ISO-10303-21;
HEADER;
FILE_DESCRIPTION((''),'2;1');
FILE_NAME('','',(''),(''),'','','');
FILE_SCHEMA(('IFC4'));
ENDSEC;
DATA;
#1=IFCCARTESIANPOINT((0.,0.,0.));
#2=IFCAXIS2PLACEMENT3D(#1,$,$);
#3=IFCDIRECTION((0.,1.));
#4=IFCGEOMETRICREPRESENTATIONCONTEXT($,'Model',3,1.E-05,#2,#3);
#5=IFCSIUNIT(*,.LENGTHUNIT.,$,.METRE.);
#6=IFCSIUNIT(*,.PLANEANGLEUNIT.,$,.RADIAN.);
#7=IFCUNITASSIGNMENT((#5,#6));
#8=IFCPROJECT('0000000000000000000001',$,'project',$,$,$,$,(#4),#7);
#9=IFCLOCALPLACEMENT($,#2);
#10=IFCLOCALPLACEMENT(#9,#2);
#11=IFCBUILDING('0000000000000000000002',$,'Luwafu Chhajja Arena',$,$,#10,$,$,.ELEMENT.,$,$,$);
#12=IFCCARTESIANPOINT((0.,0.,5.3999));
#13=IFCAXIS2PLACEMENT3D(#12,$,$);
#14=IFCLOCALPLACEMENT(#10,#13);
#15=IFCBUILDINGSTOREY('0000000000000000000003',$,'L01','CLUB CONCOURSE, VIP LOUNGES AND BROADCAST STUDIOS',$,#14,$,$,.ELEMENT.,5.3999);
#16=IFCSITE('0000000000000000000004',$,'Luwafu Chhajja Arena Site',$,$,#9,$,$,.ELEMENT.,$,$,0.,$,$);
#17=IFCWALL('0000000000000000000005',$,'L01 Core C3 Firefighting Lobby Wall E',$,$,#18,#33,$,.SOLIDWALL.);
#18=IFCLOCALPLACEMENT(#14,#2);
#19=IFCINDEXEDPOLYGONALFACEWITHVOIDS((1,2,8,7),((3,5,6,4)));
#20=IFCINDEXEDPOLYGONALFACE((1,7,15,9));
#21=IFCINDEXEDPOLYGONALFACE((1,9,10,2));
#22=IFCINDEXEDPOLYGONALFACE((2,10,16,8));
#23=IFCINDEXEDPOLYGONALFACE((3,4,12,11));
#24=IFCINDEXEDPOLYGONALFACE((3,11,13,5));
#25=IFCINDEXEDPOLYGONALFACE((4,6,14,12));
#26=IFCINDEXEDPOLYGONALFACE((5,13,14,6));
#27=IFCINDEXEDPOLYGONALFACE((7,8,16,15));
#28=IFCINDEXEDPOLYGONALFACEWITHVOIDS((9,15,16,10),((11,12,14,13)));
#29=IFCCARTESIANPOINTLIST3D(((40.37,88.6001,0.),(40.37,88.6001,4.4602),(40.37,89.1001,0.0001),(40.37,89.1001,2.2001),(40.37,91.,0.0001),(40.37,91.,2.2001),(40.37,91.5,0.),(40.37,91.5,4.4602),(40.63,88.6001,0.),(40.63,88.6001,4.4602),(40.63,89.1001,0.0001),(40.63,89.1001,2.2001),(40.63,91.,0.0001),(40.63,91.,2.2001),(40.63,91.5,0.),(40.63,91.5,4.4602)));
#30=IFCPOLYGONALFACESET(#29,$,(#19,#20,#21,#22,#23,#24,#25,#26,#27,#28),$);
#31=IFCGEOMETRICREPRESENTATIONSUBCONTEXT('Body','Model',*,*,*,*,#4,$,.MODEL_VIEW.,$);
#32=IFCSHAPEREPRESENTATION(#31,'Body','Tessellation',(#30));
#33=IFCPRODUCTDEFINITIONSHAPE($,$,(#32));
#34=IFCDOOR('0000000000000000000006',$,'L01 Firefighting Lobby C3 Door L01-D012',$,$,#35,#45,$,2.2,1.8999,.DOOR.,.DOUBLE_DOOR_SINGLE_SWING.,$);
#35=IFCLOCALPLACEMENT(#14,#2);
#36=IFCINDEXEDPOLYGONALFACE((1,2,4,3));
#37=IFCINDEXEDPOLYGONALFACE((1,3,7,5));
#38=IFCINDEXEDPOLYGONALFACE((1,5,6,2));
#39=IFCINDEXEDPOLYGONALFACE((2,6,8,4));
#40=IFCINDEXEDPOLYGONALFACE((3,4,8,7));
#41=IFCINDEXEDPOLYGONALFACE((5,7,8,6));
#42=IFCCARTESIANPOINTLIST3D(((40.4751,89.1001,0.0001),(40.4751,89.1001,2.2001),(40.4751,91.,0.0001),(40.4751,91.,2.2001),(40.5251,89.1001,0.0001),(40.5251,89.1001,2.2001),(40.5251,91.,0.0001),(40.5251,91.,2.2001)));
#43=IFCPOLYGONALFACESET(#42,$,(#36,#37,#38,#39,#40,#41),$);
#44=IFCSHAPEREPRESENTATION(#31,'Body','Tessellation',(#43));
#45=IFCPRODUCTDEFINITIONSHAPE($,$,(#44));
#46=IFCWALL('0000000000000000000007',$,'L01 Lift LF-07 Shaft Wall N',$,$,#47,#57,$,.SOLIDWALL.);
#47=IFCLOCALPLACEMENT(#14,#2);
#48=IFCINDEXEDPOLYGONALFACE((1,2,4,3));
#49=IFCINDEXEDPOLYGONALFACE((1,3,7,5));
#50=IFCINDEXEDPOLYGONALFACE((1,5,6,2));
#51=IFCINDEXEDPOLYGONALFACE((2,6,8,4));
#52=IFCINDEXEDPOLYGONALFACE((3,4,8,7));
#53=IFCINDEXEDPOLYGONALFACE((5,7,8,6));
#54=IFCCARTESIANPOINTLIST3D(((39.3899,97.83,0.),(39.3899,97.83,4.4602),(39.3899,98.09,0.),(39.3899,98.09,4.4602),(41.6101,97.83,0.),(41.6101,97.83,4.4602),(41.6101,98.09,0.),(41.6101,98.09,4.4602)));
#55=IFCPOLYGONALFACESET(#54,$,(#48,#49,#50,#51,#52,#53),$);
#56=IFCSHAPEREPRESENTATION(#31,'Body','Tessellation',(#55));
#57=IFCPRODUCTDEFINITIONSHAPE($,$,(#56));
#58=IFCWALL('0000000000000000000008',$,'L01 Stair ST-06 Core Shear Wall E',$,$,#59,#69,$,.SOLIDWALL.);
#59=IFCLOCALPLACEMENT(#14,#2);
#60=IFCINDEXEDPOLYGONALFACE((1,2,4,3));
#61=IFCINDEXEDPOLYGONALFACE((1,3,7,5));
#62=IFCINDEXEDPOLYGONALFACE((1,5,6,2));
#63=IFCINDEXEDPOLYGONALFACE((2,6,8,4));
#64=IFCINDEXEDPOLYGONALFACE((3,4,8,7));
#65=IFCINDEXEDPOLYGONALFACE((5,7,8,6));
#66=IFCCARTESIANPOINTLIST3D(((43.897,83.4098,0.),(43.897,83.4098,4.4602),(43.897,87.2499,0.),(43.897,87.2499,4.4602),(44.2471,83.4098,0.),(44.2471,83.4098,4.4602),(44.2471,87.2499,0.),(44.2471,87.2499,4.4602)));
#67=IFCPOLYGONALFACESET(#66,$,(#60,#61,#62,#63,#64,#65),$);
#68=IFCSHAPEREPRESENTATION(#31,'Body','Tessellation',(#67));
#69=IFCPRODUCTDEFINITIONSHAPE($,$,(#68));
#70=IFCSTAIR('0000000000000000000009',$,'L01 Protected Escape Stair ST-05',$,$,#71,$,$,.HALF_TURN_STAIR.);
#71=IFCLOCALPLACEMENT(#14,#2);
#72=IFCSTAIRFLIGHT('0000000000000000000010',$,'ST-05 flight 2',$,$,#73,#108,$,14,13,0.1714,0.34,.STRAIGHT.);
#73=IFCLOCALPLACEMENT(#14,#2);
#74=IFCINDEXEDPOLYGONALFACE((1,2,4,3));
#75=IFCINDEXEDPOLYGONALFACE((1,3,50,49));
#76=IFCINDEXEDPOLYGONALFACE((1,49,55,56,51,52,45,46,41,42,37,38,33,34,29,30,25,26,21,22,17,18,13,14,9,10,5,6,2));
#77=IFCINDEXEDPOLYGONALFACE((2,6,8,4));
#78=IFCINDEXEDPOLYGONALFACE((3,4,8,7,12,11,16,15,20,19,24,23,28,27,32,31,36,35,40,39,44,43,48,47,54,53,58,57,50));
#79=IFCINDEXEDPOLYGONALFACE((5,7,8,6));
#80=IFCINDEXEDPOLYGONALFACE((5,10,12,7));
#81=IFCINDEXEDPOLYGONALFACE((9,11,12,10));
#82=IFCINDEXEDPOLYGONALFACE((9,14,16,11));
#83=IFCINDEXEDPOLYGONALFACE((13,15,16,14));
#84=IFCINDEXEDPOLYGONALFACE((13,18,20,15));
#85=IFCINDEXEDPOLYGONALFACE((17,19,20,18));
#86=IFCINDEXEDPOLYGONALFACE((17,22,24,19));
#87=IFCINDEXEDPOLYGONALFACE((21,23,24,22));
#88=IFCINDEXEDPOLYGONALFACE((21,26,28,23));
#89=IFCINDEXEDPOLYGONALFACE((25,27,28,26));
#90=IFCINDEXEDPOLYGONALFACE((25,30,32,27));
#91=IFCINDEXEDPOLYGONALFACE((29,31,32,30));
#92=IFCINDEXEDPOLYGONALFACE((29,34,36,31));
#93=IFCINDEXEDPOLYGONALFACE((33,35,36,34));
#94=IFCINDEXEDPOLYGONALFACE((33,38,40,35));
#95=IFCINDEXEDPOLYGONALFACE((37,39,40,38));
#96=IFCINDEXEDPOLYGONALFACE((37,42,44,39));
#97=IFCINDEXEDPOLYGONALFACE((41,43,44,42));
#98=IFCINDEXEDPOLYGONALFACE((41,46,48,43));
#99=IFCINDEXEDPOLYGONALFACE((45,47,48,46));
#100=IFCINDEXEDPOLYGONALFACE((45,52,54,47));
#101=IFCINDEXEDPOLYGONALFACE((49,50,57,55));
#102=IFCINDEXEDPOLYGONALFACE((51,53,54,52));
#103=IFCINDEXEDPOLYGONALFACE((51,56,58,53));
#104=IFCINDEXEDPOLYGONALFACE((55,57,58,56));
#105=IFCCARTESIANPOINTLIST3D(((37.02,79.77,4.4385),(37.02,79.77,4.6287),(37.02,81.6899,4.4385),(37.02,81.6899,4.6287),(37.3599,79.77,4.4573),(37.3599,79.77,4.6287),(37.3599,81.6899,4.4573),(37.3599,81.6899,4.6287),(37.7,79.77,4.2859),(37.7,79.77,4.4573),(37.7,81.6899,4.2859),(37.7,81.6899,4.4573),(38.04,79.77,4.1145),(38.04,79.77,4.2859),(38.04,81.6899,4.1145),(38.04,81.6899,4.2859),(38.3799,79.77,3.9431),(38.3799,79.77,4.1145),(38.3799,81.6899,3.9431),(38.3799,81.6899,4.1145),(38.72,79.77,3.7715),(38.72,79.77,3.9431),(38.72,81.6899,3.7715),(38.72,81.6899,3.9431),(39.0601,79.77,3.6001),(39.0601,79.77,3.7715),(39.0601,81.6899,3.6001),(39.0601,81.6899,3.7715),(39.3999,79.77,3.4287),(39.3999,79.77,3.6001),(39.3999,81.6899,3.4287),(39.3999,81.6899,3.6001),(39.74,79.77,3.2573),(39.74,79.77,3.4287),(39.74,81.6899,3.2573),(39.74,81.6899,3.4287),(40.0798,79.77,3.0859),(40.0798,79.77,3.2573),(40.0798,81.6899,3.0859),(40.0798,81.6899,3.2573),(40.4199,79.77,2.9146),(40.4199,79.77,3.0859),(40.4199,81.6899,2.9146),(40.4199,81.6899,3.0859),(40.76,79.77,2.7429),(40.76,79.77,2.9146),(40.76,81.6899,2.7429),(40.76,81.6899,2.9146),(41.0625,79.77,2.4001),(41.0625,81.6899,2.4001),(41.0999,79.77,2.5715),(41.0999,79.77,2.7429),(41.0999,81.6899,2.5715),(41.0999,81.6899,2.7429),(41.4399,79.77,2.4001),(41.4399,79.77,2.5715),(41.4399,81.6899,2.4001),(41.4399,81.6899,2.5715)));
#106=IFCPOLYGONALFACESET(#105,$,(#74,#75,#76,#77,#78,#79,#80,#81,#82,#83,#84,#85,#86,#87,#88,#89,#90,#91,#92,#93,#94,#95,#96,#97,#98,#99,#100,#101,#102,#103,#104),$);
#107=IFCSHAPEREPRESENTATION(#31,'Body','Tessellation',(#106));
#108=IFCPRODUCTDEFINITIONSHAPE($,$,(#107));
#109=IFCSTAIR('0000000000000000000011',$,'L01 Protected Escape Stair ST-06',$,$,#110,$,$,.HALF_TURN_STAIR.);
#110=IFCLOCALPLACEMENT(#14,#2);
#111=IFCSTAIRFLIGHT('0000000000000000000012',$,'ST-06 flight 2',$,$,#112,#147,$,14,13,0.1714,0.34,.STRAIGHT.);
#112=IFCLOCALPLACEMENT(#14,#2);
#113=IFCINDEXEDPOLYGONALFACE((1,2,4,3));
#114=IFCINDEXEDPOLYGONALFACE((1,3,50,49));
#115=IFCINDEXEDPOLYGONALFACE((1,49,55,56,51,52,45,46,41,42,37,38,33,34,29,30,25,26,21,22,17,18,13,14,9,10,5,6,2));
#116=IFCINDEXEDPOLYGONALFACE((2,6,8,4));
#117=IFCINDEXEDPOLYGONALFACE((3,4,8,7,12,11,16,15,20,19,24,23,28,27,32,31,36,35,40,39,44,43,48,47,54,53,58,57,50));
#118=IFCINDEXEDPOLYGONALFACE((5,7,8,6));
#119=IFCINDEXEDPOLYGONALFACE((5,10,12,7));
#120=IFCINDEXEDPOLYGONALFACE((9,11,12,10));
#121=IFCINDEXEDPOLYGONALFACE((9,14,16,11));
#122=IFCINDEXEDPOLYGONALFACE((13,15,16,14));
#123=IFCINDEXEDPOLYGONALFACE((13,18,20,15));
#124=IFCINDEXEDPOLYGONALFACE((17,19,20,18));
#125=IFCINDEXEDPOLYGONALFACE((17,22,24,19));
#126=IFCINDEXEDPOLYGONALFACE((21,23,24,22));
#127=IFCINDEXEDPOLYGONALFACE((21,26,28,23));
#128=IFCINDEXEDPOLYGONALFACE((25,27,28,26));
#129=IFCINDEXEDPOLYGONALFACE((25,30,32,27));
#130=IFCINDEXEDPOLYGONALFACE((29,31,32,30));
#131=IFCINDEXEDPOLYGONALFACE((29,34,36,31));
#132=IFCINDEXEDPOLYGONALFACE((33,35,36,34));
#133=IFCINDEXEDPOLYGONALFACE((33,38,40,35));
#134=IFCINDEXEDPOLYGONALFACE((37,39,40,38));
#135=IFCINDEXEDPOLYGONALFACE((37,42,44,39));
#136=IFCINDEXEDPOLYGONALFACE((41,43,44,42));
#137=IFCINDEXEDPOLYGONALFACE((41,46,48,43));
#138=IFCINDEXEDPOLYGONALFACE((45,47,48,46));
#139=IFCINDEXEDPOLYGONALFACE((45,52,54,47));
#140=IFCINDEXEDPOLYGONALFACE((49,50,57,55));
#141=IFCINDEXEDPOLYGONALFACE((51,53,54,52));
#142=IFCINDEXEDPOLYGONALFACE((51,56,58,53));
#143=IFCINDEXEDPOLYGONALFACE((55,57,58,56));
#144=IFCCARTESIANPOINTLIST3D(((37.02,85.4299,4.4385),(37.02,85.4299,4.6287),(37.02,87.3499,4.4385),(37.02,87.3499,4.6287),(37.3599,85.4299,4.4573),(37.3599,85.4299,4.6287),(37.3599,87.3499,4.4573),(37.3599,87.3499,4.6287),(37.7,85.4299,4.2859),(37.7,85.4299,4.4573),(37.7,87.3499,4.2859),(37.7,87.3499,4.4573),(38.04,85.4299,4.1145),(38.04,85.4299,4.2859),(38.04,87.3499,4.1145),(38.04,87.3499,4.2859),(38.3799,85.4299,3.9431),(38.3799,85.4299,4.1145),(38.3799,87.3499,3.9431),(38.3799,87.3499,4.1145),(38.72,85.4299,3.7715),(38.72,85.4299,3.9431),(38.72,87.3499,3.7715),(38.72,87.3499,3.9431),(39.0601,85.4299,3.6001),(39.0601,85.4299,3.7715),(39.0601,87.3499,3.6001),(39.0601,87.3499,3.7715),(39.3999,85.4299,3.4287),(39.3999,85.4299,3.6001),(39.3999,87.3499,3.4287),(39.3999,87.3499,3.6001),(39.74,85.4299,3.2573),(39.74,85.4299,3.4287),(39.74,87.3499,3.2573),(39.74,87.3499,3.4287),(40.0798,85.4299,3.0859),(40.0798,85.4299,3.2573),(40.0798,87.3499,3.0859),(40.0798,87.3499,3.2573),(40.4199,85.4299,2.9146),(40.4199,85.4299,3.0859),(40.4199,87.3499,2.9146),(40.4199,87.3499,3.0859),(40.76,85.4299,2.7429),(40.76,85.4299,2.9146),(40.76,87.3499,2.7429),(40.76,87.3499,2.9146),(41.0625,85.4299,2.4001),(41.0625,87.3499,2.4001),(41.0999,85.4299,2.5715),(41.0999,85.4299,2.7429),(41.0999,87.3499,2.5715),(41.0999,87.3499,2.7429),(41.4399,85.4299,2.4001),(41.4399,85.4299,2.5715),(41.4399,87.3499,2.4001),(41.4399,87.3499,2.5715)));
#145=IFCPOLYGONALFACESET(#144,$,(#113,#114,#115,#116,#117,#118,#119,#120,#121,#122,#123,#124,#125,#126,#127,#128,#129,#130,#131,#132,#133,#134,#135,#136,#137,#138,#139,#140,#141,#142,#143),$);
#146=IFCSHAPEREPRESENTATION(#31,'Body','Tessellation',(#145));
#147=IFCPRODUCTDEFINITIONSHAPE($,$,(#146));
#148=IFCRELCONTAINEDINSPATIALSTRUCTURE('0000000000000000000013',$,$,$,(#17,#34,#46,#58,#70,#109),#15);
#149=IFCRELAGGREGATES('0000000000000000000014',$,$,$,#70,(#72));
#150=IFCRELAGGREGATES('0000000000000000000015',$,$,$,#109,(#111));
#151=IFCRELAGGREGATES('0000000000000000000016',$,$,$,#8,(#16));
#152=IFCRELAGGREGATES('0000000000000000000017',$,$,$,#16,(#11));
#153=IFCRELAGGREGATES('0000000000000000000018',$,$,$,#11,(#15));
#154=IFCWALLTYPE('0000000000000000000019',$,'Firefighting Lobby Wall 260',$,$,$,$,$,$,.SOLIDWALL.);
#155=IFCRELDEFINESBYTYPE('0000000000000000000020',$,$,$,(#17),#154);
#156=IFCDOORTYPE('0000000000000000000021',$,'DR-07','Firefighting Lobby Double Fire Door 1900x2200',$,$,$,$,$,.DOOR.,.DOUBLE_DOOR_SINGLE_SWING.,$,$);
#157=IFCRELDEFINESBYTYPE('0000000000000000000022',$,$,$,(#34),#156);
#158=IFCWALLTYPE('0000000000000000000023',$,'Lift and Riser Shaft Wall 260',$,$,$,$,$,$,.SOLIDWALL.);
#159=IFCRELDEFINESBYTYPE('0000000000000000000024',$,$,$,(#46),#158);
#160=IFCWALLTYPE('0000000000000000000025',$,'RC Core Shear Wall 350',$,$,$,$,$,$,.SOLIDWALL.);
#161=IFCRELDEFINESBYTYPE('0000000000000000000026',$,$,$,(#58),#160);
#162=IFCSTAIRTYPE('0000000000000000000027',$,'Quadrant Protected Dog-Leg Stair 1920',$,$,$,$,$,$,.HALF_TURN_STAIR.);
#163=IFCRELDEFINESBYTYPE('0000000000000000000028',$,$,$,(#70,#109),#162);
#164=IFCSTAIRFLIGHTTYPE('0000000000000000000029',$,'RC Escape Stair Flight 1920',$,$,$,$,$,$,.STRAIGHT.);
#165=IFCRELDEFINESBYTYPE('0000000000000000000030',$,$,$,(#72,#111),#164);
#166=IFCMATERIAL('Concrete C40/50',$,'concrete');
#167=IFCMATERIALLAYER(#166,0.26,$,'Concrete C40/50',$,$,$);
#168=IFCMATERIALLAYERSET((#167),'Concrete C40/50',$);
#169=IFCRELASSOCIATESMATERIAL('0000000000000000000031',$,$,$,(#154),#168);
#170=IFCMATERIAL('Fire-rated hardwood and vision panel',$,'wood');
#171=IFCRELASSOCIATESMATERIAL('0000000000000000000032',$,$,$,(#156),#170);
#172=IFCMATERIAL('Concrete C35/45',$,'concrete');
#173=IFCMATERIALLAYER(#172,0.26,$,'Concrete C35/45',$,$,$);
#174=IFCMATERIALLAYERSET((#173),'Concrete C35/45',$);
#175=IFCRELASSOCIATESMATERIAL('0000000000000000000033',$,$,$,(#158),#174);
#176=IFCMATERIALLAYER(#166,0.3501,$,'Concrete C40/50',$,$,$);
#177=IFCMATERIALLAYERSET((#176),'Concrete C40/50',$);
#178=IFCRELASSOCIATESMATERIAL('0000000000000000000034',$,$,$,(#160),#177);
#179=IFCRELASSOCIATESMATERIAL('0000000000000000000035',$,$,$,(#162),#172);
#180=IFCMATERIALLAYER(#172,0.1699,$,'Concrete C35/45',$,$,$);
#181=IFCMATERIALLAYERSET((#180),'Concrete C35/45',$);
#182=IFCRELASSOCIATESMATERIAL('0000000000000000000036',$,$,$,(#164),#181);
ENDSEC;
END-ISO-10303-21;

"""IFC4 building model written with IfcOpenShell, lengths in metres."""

from ifc_helpers import new_model, si_unit, direction, frame, frame_2d, origin, place, context, subcontext, project, spatial, polyline, rectangle, outline, extrude, material, layer, layer_set, type_object, element, fill, aggregate, save


model = new_model("IFC4")

# Units and contexts
model_context = context("Model", 3, precision=1e-05, world=origin(), true_north=direction((0.0, 1.0)))
body_context = subcontext(model_context, "Body", "Model", "MODEL_VIEW")
ifc_project = project(units=[si_unit("LENGTHUNIT", "METRE"), si_unit("PLANEANGLEUNIT", "RADIAN")], contexts=[model_context])

# Site, building, storey
site_placement = place(None, origin())
site = spatial("IfcSite", under=ifc_project, at=site_placement, Name="Luwafu Chhajja Arena Site", CompositionType="ELEMENT", RefElevation=0.0)
building_placement = place(site_placement, origin())
building = spatial("IfcBuilding", under=site, at=building_placement, Name="Luwafu Chhajja Arena", CompositionType="ELEMENT")
storey_placement = place(building_placement, frame((0.0, 0.0, 5.3999)))
storey = spatial("IfcBuildingStorey", under=building, at=storey_placement, Name="L01", Description="CLUB CONCOURSE, VIP LOUNGES AND BROADCAST STUDIOS", CompositionType="ELEMENT", Elevation=5.3999)

# Shared definitions
ifc_material_1 = material(Name="Concrete C35/45", Category="concrete")

# Wall, opening, door
ifc_material_2 = material(Name="Concrete C40/50", Category="concrete")
ifc_layer_1 = layer(ifc_material_2, 0.26, Name="Concrete C40/50")
ifc_layer_set_1 = layer_set([ifc_layer_1], Name="Concrete C40/50")
wall_type_1 = type_object("IfcWallType", Name="Firefighting Lobby Wall 260", PredefinedType="SOLIDWALL", material=ifc_layer_set_1)
wall_1_placement = place(storey_placement, frame((40.5, 88.6001, 0.0), z_axis=(0.0, 0.0, 1.0), x_axis=(0.0, 1.0, 0.0)))
wall_1 = element("IfcWall", 1, at=wall_1_placement, inside=storey, type_object=wall_type_1, Name="L01 Core C3 Firefighting Lobby Wall E", PredefinedType="SOLIDWALL", context=body_context, shape_type="SweptSolid", body=[
    extrude(rectangle(XDim=2.8999, YDim=0.26, at=frame_2d((1.45, 0.0))), origin(), (0.0, 0.0, 1.0), 4.4602),
])
opening_1_placement = place(wall_1_placement, frame((0.5, 0.0, 0.0)))
opening_1 = element("IfcOpeningElement", 2, at=opening_1_placement, cuts=wall_1, PredefinedType="OPENING", context=body_context, shape_type="SweptSolid", body=[
    extrude(rectangle(XDim=1.8999, YDim=2.2, at=frame_2d((0.95, 1.1001))), frame((0.0, 0.1399, 0.0), z_axis=(0.0, -1.0, 0.0), x_axis=(1.0, 0.0, 0.0)), (0.0, 0.0, 1.0), 0.28),
])
ifc_material_3 = material(Name="Fire-rated hardwood and vision panel", Category="wood")
door_type_1 = type_object("IfcDoorType", Name="DR-07", Description="Firefighting Lobby Double Fire Door 1900x2200", OperationType="DOUBLE_DOOR_SINGLE_SWING", PredefinedType="DOOR", material=ifc_material_3)
door_1_placement = place(opening_1_placement, origin())
door_1 = element("IfcDoor", 3, at=door_1_placement, inside=storey, type_object=door_type_1, Name="L01 Firefighting Lobby C3 Door L01-D012", OperationType="DOUBLE_DOOR_SINGLE_SWING", OverallHeight=2.2, OverallWidth=1.8999, PredefinedType="DOOR", context=body_context, shape_type="SweptSolid", body=[
    extrude(rectangle(XDim=1.8999, YDim=2.2, at=frame_2d((0.95, 1.1001))), frame((0.0, 0.0249, 0.0), z_axis=(0.0, -1.0, 0.0), x_axis=(1.0, 0.0, 0.0)), (0.0, 0.0, 1.0), 0.05),
])
fill(opening_1, door_1)
ifc_layer_2 = layer(ifc_material_1, 0.26, Name="Concrete C35/45")
ifc_layer_set_2 = layer_set([ifc_layer_2], Name="Concrete C35/45")
wall_type_2 = type_object("IfcWallType", Name="Lift and Riser Shaft Wall 260", PredefinedType="SOLIDWALL", material=ifc_layer_set_2)

# Walls
wall_2_placement = place(storey_placement, frame((39.3899, 97.96, 0.0), z_axis=(0.0, 0.0, 1.0), x_axis=(1.0, 0.0, 0.0)))
element("IfcWall", 4, at=wall_2_placement, inside=storey, type_object=wall_type_2, Name="L01 Lift LF-07 Shaft Wall N", PredefinedType="SOLIDWALL", context=body_context, shape_type="SweptSolid", body=[
    extrude(rectangle(XDim=2.2202, YDim=0.26, at=frame_2d((1.1101, 0.0))), origin(), (0.0, 0.0, 1.0), 4.4602),
])
ifc_layer_3 = layer(ifc_material_2, 0.3501, Name="Concrete C40/50")
ifc_layer_set_3 = layer_set([ifc_layer_3], Name="Concrete C40/50")
wall_type_3 = type_object("IfcWallType", Name="RC Core Shear Wall 350", PredefinedType="SOLIDWALL", material=ifc_layer_set_3)
wall_3_placement = place(storey_placement, frame((44.072, 83.4099, 0.0), z_axis=(0.0, 0.0, 1.0), x_axis=(0.0, 1.0, 0.0)))
element("IfcWall", 5, at=wall_3_placement, inside=storey, type_object=wall_type_3, Name="L01 Stair ST-06 Core Shear Wall E", PredefinedType="SOLIDWALL", context=body_context, shape_type="SweptSolid", body=[
    extrude(rectangle(XDim=3.8401, YDim=0.3501, at=frame_2d((1.9199, 0.0))), origin(), (0.0, 0.0, 1.0), 4.4602),
])

# Stairs, stair flights
stair_type = type_object("IfcStairType", Name="Quadrant Protected Dog-Leg Stair 1920", PredefinedType="HALF_TURN_STAIR", material=ifc_material_1)
stair_1_placement = place(storey_placement, origin())
stair_1 = element("IfcStair", 6, at=stair_1_placement, inside=storey, type_object=stair_type, Name="L01 Protected Escape Stair ST-05", PredefinedType="HALF_TURN_STAIR")
ifc_layer_4 = layer(ifc_material_1, 0.1699, Name="Concrete C35/45")
ifc_layer_set_4 = layer_set([ifc_layer_4], Name="Concrete C35/45")
stair_flight_type = type_object("IfcStairFlightType", Name="RC Escape Stair Flight 1920", PredefinedType="STRAIGHT", material=ifc_layer_set_4)
stair_flight_1_placement = place(storey_placement, frame((41.4399, 80.73, 2.4001), z_axis=(0.0, 0.0, 1.0), x_axis=(-1.0, 0.0, 0.0)))
stair_flight_1 = element("IfcStairFlight", 7, at=stair_flight_1_placement, type_object=stair_flight_type, Name="ST-05 flight 2", NumberOfRisers=14, NumberOfTreads=13, PredefinedType="STRAIGHT", RiserHeight=0.1714, TreadLength=0.34, context=body_context, shape_type="SweptSolid", body=[
    extrude(outline(polyline([(0.0, 0.0), (0.0, 0.1714), (0.3401, 0.1714), (0.3401, 0.3428), (0.6799, 0.3428), (0.6799, 0.5144), (1.02, 0.5144), (1.02, 0.6858), (1.3601, 0.6858), (1.3601, 0.8572), (1.7, 0.8572), (1.7, 1.0286), (2.04, 1.0286), (2.04, 1.2), (2.3799, 1.2), (2.3799, 1.3713), (2.72, 1.3713), (2.72, 1.543), (3.0601, 1.543), (3.0601, 1.7144), (3.3999, 1.7144), (3.3999, 1.8857), (3.74, 1.8857), (3.74, 2.0571), (4.0801, 2.0571), (4.0801, 2.2285), (4.4199, 2.2285), (4.4199, 2.3999), (4.4199, 2.0383), (0.3774, 0.0), (0.0, 0.0)])), frame((0.0, 0.96, 0.0), z_axis=(0.0, -1.0, 0.0), x_axis=(1.0, 0.0, 0.0)), (0.0, 0.0, 1.0), 1.9199),
])
aggregate(stair_1, [stair_flight_1])
stair_2_placement = place(storey_placement, origin())
stair_2 = element("IfcStair", 8, at=stair_2_placement, inside=storey, type_object=stair_type, Name="L01 Protected Escape Stair ST-06", PredefinedType="HALF_TURN_STAIR")
stair_flight_2_placement = place(storey_placement, frame((41.4399, 86.3899, 2.4001), z_axis=(0.0, 0.0, 1.0), x_axis=(-1.0, 0.0, 0.0)))
stair_flight_2 = element("IfcStairFlight", 9, at=stair_flight_2_placement, type_object=stair_flight_type, Name="ST-06 flight 2", NumberOfRisers=14, NumberOfTreads=13, PredefinedType="STRAIGHT", RiserHeight=0.1714, TreadLength=0.34, context=body_context, shape_type="SweptSolid", body=[
    extrude(outline(polyline([(0.0, 0.0), (0.0, 0.1714), (0.3401, 0.1714), (0.3401, 0.3428), (0.6799, 0.3428), (0.6799, 0.5144), (1.02, 0.5144), (1.02, 0.6858), (1.3601, 0.6858), (1.3601, 0.8572), (1.7, 0.8572), (1.7, 1.0286), (2.04, 1.0286), (2.04, 1.2), (2.3799, 1.2), (2.3799, 1.3713), (2.72, 1.3713), (2.72, 1.543), (3.0601, 1.543), (3.0601, 1.7144), (3.3999, 1.7144), (3.3999, 1.8857), (3.74, 1.8857), (3.74, 2.0571), (4.0801, 2.0571), (4.0801, 2.2285), (4.4199, 2.2285), (4.4199, 2.3999), (4.4199, 2.0383), (0.3774, 0.0), (0.0, 0.0)])), frame((0.0, 0.96, 0.0), z_axis=(0.0, -1.0, 0.0), x_axis=(1.0, 0.0, 0.0)), (0.0, 0.0, 1.0), 1.9199),
])
aggregate(stair_2, [stair_flight_2])

save(model, "model.ifc")
